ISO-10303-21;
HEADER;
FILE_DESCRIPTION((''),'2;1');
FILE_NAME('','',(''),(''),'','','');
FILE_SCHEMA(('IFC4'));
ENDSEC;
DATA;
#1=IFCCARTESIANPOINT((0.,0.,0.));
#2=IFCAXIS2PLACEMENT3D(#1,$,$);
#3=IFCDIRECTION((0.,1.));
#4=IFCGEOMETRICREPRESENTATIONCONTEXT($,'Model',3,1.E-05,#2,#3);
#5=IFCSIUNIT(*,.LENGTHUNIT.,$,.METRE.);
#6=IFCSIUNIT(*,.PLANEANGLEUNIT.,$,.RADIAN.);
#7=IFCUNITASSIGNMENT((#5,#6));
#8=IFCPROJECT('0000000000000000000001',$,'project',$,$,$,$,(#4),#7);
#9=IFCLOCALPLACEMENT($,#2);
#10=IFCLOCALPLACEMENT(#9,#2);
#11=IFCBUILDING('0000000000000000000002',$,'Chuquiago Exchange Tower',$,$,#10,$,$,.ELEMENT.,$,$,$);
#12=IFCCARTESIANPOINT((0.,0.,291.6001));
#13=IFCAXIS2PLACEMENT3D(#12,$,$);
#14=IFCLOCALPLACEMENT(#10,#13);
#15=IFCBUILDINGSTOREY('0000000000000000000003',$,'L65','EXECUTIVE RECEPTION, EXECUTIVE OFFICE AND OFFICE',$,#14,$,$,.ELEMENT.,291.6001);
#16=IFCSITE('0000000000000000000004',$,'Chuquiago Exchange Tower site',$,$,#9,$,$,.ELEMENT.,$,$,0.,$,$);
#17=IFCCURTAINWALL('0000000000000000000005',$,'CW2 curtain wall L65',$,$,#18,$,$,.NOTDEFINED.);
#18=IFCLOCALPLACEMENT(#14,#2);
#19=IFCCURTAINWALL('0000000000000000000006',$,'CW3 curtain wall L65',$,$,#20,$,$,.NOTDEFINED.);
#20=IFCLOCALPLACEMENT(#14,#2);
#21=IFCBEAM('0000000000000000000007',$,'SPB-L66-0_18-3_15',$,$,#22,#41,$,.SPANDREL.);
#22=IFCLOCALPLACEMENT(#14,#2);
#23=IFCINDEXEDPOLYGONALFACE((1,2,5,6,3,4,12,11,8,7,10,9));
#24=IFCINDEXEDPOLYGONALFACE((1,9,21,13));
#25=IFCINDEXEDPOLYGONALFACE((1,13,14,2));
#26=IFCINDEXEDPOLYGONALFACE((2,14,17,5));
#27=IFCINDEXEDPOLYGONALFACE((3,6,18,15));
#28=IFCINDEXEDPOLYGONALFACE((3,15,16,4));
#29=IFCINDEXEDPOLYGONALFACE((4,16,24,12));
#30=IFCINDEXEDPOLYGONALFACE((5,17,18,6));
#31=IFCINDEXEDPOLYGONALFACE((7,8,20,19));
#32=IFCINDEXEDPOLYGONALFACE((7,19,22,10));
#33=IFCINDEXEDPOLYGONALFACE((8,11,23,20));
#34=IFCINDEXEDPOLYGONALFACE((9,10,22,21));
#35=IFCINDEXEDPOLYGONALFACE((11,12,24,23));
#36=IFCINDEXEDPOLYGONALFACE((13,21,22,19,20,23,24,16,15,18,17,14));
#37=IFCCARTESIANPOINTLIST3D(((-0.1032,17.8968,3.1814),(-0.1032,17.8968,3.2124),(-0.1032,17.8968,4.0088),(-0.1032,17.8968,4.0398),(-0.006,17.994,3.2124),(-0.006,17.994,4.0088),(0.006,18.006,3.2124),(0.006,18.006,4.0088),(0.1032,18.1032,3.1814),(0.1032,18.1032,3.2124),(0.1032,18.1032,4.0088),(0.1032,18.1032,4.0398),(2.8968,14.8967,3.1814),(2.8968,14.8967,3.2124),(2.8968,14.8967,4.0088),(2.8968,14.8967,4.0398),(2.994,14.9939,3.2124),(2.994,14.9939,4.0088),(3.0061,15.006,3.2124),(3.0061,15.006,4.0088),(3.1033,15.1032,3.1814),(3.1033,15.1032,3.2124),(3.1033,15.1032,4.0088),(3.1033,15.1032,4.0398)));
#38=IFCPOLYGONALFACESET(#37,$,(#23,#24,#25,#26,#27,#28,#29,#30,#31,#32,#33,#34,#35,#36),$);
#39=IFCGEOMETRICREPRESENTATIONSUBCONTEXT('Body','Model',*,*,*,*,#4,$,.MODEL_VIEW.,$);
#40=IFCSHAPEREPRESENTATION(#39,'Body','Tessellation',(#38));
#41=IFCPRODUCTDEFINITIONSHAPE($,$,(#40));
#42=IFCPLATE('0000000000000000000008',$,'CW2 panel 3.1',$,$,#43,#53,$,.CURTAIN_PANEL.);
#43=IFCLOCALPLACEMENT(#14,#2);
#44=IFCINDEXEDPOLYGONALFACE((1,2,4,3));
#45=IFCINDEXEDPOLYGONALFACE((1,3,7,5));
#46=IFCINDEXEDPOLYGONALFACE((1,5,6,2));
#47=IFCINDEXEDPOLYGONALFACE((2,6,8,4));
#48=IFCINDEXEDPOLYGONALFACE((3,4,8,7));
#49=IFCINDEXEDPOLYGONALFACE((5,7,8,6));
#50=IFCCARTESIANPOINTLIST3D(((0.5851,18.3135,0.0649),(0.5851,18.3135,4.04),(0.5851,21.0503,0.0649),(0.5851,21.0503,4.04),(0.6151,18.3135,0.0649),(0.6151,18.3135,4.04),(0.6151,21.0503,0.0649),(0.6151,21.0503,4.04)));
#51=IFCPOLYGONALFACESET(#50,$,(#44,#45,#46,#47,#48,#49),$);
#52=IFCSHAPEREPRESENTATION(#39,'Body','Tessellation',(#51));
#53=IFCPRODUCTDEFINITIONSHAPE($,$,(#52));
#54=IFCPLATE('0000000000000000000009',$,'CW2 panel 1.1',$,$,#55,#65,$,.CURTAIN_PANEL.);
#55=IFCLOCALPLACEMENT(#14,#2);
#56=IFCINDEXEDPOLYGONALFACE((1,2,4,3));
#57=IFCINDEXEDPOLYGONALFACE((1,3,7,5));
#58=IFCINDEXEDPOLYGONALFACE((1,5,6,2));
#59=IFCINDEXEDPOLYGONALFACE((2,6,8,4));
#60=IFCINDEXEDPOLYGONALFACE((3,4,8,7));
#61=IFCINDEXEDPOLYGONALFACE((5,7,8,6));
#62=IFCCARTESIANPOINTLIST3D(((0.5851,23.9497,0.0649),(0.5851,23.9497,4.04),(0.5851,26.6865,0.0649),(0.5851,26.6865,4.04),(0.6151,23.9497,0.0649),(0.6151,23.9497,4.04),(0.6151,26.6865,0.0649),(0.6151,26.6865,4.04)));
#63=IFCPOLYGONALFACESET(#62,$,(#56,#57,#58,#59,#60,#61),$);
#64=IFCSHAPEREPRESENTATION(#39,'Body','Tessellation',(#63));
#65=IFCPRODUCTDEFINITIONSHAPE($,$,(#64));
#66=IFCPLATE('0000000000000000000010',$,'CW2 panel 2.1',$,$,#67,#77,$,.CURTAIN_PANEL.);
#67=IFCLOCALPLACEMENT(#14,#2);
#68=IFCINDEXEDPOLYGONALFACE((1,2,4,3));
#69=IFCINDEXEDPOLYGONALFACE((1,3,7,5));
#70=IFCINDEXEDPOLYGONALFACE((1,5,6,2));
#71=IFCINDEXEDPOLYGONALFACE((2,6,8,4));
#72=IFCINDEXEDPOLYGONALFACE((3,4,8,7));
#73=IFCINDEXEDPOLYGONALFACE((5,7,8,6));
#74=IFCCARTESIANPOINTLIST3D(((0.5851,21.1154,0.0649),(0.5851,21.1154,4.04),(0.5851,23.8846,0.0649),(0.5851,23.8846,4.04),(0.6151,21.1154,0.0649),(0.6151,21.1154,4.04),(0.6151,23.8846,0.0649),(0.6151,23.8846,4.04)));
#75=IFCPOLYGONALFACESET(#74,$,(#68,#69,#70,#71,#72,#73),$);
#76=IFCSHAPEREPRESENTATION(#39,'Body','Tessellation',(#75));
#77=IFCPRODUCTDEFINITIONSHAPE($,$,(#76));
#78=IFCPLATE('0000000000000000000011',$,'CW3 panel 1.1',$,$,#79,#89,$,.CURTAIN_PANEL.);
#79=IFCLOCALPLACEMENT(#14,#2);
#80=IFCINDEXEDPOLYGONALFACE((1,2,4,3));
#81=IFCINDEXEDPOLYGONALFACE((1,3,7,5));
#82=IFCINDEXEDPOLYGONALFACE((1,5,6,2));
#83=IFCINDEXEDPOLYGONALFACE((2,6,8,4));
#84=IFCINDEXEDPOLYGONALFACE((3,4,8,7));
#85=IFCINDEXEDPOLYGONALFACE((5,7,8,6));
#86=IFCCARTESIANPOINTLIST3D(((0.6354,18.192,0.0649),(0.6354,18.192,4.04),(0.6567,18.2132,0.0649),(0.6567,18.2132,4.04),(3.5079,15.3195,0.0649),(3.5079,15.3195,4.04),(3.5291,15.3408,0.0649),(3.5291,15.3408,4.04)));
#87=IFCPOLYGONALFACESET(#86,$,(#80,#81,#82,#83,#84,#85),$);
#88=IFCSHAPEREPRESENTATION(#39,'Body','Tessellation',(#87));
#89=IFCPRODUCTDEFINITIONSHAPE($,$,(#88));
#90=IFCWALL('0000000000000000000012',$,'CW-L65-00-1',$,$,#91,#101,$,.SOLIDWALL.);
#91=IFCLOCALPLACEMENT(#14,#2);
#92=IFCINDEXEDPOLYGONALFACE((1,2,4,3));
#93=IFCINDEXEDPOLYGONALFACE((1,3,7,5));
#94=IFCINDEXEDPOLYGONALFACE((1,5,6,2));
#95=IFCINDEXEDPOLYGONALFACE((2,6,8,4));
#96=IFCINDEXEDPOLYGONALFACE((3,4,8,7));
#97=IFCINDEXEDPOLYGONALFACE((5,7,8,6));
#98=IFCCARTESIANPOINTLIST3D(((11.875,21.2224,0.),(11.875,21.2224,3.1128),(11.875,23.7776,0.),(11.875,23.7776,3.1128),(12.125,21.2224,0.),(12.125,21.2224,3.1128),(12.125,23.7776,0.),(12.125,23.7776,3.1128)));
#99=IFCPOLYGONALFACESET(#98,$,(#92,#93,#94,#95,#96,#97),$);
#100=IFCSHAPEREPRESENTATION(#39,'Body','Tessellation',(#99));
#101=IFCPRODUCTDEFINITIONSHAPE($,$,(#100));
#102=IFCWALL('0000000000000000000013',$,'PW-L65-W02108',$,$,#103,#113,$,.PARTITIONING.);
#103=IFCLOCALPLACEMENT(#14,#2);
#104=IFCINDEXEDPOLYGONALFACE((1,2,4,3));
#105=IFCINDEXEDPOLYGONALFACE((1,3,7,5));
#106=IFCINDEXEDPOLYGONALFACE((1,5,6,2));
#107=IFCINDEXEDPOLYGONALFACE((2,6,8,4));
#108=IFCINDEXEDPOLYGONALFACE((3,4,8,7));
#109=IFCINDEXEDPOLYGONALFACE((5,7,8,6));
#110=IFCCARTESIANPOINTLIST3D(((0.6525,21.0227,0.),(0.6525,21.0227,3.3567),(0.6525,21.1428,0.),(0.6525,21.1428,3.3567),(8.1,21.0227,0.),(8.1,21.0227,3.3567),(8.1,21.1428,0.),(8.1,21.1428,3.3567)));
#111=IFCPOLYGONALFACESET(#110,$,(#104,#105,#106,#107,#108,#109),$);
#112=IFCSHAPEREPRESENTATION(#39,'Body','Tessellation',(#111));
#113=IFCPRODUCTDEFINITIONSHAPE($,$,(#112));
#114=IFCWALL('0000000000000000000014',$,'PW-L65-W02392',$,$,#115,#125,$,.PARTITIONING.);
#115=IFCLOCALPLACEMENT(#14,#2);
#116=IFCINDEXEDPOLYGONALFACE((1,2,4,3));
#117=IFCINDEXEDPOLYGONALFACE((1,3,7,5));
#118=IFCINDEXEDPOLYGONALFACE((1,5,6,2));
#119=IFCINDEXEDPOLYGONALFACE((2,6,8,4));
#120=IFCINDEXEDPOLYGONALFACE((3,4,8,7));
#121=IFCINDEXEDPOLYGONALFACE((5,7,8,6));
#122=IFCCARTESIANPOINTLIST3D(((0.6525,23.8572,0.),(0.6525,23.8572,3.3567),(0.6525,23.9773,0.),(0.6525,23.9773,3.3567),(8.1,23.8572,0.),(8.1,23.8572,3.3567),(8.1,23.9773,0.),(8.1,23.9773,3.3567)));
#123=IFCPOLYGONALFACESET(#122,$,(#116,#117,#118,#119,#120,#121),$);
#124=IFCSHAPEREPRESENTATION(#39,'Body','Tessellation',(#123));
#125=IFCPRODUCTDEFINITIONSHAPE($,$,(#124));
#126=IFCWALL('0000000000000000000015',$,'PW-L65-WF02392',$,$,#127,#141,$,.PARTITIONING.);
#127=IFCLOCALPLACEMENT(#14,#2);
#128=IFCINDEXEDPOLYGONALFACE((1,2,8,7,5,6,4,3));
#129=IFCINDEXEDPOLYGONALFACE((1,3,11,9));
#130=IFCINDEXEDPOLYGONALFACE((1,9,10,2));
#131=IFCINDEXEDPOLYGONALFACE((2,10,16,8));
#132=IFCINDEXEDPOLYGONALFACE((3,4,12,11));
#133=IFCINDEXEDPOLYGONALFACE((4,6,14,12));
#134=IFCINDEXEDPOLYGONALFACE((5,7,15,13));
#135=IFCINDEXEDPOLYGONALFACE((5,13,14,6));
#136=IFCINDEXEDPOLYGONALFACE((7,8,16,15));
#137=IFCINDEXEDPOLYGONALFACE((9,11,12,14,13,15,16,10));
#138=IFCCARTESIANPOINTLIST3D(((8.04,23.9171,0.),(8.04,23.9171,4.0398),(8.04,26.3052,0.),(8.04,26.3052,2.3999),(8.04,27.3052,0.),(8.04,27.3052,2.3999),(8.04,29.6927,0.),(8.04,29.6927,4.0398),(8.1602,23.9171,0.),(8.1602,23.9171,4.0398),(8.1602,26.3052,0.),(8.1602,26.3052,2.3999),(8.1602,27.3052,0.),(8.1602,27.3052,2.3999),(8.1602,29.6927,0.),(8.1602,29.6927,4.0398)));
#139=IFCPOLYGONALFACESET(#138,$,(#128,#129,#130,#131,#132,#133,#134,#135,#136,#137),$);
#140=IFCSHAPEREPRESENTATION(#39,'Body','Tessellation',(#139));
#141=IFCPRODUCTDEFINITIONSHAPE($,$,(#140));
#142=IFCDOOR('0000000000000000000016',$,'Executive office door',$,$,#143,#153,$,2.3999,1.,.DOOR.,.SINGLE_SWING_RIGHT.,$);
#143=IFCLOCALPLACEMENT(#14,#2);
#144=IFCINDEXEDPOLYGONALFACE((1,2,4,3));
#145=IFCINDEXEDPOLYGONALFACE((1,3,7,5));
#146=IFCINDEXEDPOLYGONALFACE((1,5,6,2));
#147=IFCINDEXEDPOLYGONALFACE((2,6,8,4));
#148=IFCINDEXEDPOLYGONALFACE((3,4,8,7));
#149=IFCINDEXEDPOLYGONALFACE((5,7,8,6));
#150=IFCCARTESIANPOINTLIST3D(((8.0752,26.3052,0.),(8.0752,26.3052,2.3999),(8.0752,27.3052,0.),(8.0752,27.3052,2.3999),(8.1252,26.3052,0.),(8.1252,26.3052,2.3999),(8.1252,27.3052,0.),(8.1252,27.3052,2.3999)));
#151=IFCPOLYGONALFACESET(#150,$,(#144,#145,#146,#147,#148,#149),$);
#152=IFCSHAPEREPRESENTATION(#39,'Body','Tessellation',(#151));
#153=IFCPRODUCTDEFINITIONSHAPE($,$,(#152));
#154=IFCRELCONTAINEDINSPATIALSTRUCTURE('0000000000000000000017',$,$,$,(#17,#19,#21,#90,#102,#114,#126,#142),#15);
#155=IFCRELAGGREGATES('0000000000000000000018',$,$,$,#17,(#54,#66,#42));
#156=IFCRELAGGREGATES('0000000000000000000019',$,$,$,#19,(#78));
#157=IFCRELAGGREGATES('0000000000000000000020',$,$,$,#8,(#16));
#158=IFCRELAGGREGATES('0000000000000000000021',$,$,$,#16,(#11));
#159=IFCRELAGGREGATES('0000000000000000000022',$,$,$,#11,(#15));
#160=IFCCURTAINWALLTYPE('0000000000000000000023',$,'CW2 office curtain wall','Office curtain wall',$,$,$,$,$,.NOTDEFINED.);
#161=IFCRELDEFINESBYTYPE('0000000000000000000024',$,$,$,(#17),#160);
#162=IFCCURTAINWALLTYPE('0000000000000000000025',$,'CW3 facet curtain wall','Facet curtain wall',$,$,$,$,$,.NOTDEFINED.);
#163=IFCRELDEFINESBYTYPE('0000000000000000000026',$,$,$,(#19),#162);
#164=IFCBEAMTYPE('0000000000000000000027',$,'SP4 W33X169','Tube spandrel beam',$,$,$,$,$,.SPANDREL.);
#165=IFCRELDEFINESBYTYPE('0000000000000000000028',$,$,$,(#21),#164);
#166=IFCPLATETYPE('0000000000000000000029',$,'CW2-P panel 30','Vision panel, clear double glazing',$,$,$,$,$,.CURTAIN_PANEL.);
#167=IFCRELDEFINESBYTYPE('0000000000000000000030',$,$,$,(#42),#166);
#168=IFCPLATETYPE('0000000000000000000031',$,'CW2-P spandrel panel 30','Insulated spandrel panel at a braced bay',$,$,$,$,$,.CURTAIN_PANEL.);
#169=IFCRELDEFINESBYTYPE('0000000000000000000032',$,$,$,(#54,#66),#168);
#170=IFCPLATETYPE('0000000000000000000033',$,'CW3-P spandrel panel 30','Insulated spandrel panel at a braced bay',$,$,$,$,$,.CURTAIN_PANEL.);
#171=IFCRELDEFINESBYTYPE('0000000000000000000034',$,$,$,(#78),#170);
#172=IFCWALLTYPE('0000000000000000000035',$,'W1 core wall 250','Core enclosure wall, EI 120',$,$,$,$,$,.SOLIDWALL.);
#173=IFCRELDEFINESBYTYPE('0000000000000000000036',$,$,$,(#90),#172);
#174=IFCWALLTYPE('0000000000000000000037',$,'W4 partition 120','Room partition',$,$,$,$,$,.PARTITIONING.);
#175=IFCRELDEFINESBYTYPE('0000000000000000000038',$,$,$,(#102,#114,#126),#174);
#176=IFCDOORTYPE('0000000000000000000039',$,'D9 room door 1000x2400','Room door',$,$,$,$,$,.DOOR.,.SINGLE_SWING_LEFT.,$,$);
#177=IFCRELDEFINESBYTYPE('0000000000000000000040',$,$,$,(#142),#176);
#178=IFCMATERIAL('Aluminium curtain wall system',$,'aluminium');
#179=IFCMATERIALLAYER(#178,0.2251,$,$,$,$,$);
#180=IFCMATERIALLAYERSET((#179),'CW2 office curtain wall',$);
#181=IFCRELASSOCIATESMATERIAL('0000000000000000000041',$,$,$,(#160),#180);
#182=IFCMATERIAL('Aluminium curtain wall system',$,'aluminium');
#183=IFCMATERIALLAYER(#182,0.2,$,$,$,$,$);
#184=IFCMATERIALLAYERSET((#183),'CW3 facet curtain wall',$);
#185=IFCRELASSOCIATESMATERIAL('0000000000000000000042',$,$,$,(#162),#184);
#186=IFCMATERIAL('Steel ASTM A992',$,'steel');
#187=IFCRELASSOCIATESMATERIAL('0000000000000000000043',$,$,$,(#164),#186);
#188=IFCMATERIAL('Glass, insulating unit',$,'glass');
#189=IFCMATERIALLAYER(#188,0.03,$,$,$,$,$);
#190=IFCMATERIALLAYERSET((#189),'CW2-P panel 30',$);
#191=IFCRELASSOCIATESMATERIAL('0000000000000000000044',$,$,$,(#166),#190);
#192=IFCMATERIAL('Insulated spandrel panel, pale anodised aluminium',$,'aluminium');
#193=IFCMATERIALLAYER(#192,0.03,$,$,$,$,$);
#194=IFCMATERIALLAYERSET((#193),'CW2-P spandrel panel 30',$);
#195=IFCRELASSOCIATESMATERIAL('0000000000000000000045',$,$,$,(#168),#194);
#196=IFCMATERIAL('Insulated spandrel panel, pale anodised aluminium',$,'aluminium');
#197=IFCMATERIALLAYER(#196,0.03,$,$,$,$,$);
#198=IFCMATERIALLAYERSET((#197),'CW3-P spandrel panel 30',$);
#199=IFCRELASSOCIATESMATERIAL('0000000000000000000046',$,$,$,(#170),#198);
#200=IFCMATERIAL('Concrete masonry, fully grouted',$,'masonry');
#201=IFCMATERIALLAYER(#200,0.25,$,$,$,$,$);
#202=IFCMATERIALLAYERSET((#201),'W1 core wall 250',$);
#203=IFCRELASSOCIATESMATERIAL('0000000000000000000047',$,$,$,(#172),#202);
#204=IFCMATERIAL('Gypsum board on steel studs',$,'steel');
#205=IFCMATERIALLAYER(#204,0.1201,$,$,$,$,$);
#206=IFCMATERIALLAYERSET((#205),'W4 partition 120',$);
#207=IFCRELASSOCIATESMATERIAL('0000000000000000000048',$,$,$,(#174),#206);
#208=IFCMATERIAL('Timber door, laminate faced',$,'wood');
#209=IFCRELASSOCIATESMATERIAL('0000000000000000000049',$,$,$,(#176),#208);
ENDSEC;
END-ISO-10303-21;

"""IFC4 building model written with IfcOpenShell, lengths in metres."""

from ifc_helpers import new_model, si_unit, direction, frame, frame_2d, origin, origin_2d, place, context, subcontext, project, spatial, rectangle, i_section, extrude, material, layer, layer_set, material_profile, profile_set, type_object, element, fill, aggregate, save


model = new_model("IFC4")

# Units and contexts
model_context = context("Model", 3, precision=1e-05, world=origin(), true_north=direction((0.0, 1.0)))
body_context = subcontext(model_context, "Body", "Model", "MODEL_VIEW")
ifc_project = project(units=[si_unit("LENGTHUNIT", "METRE"), si_unit("PLANEANGLEUNIT", "RADIAN")], contexts=[model_context])

# Site, building, storey
site_placement = place(None, origin())
site = spatial("IfcSite", under=ifc_project, at=site_placement, Name="Chuquiago Exchange Tower site", CompositionType="ELEMENT", RefElevation=0.0)
building_placement = place(site_placement, origin())
building = spatial("IfcBuilding", under=site, at=building_placement, Name="Chuquiago Exchange Tower", CompositionType="ELEMENT")
storey_placement = place(building_placement, frame((0.0, 0.0, 291.6001)))
storey = spatial("IfcBuildingStorey", under=building, at=storey_placement, Name="L65", Description="EXECUTIVE RECEPTION, EXECUTIVE OFFICE AND OFFICE", CompositionType="ELEMENT", Elevation=291.6001)

# Curtain walls
ifc_material_1 = material(Name="Aluminium curtain wall system", Category="aluminium")
ifc_layer_1 = layer(ifc_material_1, 0.2251)
ifc_layer_set_1 = layer_set([ifc_layer_1], Name="CW2 office curtain wall")
curtain_wall_type_1 = type_object("IfcCurtainWallType", Name="CW2 office curtain wall", Description="Office curtain wall", PredefinedType="NOTDEFINED", material=ifc_layer_set_1)
curtain_wall_1_placement = place(storey_placement, origin())
curtain_wall_1 = element("IfcCurtainWall", 1, at=curtain_wall_1_placement, inside=storey, type_object=curtain_wall_type_1, Name="CW2 curtain wall L65", PredefinedType="NOTDEFINED")
ifc_material_2 = material(Name="Aluminium curtain wall system", Category="aluminium")
ifc_layer_2 = layer(ifc_material_2, 0.2)
ifc_layer_set_2 = layer_set([ifc_layer_2], Name="CW3 facet curtain wall")
curtain_wall_type_2 = type_object("IfcCurtainWallType", Name="CW3 facet curtain wall", Description="Facet curtain wall", PredefinedType="NOTDEFINED", material=ifc_layer_set_2)
curtain_wall_2_placement = place(storey_placement, origin())
curtain_wall_2 = element("IfcCurtainWall", 2, at=curtain_wall_2_placement, inside=storey, type_object=curtain_wall_type_2, Name="CW3 curtain wall L65", PredefinedType="NOTDEFINED")

# Beam
ifc_material_3 = material(Name="Steel ASTM A992", Category="steel")
ifc_material_profile_1 = material_profile(ifc_material_3, i_section(OverallWidth=0.292, OverallDepth=0.8584, WebThickness=0.0171, FlangeThickness=0.031, at=origin_2d()), Name="W33X169")
ifc_profile_set_1 = profile_set([ifc_material_profile_1], Name="Steel ASTM A992")
beam_type_1 = type_object("IfcBeamType", Name="SP4 W33X169", Description="Tube spandrel beam", PredefinedType="SPANDREL", material=ifc_profile_set_1)
beam_1_placement = place(storey_placement, frame((0.0, 18.0, 3.6106), z_axis=(0.707107, -0.707107, 0.0), x_axis=(0.707107, 0.707107, 0.0)))
element("IfcBeam", 3, at=beam_1_placement, inside=storey, type_object=beam_type_1, Name="SPB-L66-0_18-3_15", PredefinedType="SPANDREL", context=body_context, shape_type="SweptSolid", body=[
    extrude(i_section(OverallWidth=0.292, OverallDepth=0.8584, WebThickness=0.0171, FlangeThickness=0.031, at=origin_2d()), origin(), (0.0, 0.0, 1.0), 4.2427),
])

# Plates
ifc_material_4 = material(Name="Glass, insulating unit", Category="glass")
ifc_layer_3 = layer(ifc_material_4, 0.03)
ifc_layer_set_3 = layer_set([ifc_layer_3], Name="CW2-P panel 30")
plate_type_1 = type_object("IfcPlateType", Name="CW2-P panel 30", Description="Vision panel, clear double glazing", PredefinedType="CURTAIN_PANEL", material=ifc_layer_set_3)
plate_1_placement = place(storey_placement, frame((0.6001, 19.6819, 0.0649), z_axis=(0.0, 0.0, 1.0), x_axis=(0.0, -1.0, 0.0)))
plate_1 = element("IfcPlate", 4, at=plate_1_placement, type_object=plate_type_1, Name="CW2 panel 3.1", PredefinedType="CURTAIN_PANEL", context=body_context, shape_type="SweptSolid", body=[
    extrude(rectangle(XDim=2.7368, YDim=0.03, at=origin_2d()), origin(), (0.0, 0.0, 1.0), 3.9751),
])
ifc_material_5 = material(Name="Insulated spandrel panel, pale anodised aluminium", Category="aluminium")
ifc_layer_4 = layer(ifc_material_5, 0.03)
ifc_layer_set_4 = layer_set([ifc_layer_4], Name="CW2-P spandrel panel 30")
plate_type_2 = type_object("IfcPlateType", Name="CW2-P spandrel panel 30", Description="Insulated spandrel panel at a braced bay", PredefinedType="CURTAIN_PANEL", material=ifc_layer_set_4)
plate_2_placement = place(storey_placement, frame((0.6001, 25.3181, 0.0649), z_axis=(0.0, 0.0, 1.0), x_axis=(0.0, -1.0, 0.0)))
plate_2 = element("IfcPlate", 5, at=plate_2_placement, type_object=plate_type_2, Name="CW2 panel 1.1", PredefinedType="CURTAIN_PANEL", context=body_context, shape_type="SweptSolid", body=[
    extrude(rectangle(XDim=2.7368, YDim=0.03, at=origin_2d()), origin(), (0.0, 0.0, 1.0), 3.9751),
])
plate_3_placement = place(storey_placement, frame((0.6001, 22.5, 0.0649), z_axis=(0.0, 0.0, 1.0), x_axis=(0.0, -1.0, 0.0)))
plate_3 = element("IfcPlate", 6, at=plate_3_placement, type_object=plate_type_2, Name="CW2 panel 2.1", PredefinedType="CURTAIN_PANEL", context=body_context, shape_type="SweptSolid", body=[
    extrude(rectangle(XDim=2.7693, YDim=0.03, at=origin_2d()), origin(), (0.0, 0.0, 1.0), 3.9751),
])
aggregate(curtain_wall_1, [plate_2, plate_3, plate_1])
ifc_material_6 = material(Name="Insulated spandrel panel, pale anodised aluminium", Category="aluminium")
ifc_layer_5 = layer(ifc_material_6, 0.03)
ifc_layer_set_5 = layer_set([ifc_layer_5], Name="CW3-P spandrel panel 30")
plate_type_3 = type_object("IfcPlateType", Name="CW3-P spandrel panel 30", Description="Insulated spandrel panel at a braced bay", PredefinedType="CURTAIN_PANEL", material=ifc_layer_set_5)
plate_4_placement = place(storey_placement, frame((2.0823, 16.7664, 0.0649), z_axis=(0.0, 0.0, 1.0), x_axis=(0.707107, -0.707107, 0.0)))
plate_4 = element("IfcPlate", 7, at=plate_4_placement, type_object=plate_type_3, Name="CW3 panel 1.1", PredefinedType="CURTAIN_PANEL", context=body_context, shape_type="SweptSolid", body=[
    extrude(rectangle(XDim=4.0623, YDim=0.03, at=origin_2d()), origin(), (0.0, 0.0, 1.0), 3.9751),
])
aggregate(curtain_wall_2, [plate_4])

# Walls
ifc_material_7 = material(Name="Concrete masonry, fully grouted", Category="masonry")
ifc_layer_6 = layer(ifc_material_7, 0.25)
ifc_layer_set_6 = layer_set([ifc_layer_6], Name="W1 core wall 250")
wall_type_1 = type_object("IfcWallType", Name="W1 core wall 250", Description="Core enclosure wall, EI 120", PredefinedType="SOLIDWALL", material=ifc_layer_set_6)
wall_1_placement = place(storey_placement, frame((12.0, 21.2224, 0.0), z_axis=(0.0, 0.0, 1.0), x_axis=(0.0, 1.0, 0.0)))
element("IfcWall", 8, at=wall_1_placement, inside=storey, type_object=wall_type_1, Name="CW-L65-00-1", PredefinedType="SOLIDWALL", context=body_context, shape_type="SweptSolid", body=[
    extrude(rectangle(XDim=2.5552, YDim=0.25, at=frame_2d((1.2776, 0.0))), origin(), (0.0, 0.0, 1.0), 3.1128),
])
ifc_material_8 = material(Name="Gypsum board on steel studs", Category="steel")
ifc_layer_7 = layer(ifc_material_8, 0.1201)
ifc_layer_set_7 = layer_set([ifc_layer_7], Name="W4 partition 120")
wall_type_2 = type_object("IfcWallType", Name="W4 partition 120", Description="Room partition", PredefinedType="PARTITIONING", material=ifc_layer_set_7)
for number, where, z_axis, x_axis, name in (
    (9, (0.6526, 21.0828, 0.0), (0.0, 0.0, 1.0), (1.0, 0.0, 0.0), "PW-L65-W02108"),
    (10, (0.6526, 23.9172, 0.0), (0.0, 0.0, 1.0), (1.0, 0.0, 0.0), "PW-L65-W02392"),
):
    element("IfcWall", number, at=place(storey_placement, frame(where, z_axis=z_axis, x_axis=x_axis)), inside=storey, type_object=wall_type_2, Name=name, PredefinedType="PARTITIONING", context=body_context, shape_type="SweptSolid", body=[
        extrude(rectangle(XDim=7.4475, YDim=0.1201, at=frame_2d((3.7236, 0.0))), origin(), (0.0, 0.0, 1.0), 3.3567),
    ])

# Wall, opening, door
wall_2_placement = place(storey_placement, frame((8.1001, 23.9172, 0.0), z_axis=(0.0, 0.0, 1.0), x_axis=(0.0, 1.0, 0.0)))
wall_2 = element("IfcWall", 11, at=wall_2_placement, inside=storey, type_object=wall_type_2, Name="PW-L65-WF02392", PredefinedType="PARTITIONING", context=body_context, shape_type="SweptSolid", body=[
    extrude(rectangle(XDim=5.7756, YDim=0.1201, at=frame_2d((2.8877, 0.0))), origin(), (0.0, 0.0, 1.0), 4.0398),
])
opening_1_placement = place(wall_2_placement, frame((2.3879, 0.0, 0.0)))
opening_1 = element("IfcOpeningElement", 12, at=opening_1_placement, cuts=wall_2, PredefinedType="OPENING", context=body_context, shape_type="SweptSolid", body=[
    extrude(rectangle(XDim=1.0, YDim=2.3999, at=frame_2d((0.5, 1.2))), frame((0.0, 0.0701, 0.0), z_axis=(0.0, -1.0, 0.0), x_axis=(1.0, 0.0, 0.0)), (0.0, 0.0, 1.0), 0.1401),
])
ifc_material_9 = material(Name="Timber door, laminate faced", Category="wood")
door_type_1 = type_object("IfcDoorType", Name="D9 room door 1000x2400", Description="Room door", OperationType="SINGLE_SWING_LEFT", PredefinedType="DOOR", material=ifc_material_9)
door_1_placement = place(opening_1_placement, origin())
door_1 = element("IfcDoor", 13, at=door_1_placement, inside=storey, type_object=door_type_1, Name="Executive office door", OperationType="SINGLE_SWING_RIGHT", OverallHeight=2.3999, OverallWidth=1.0, PredefinedType="DOOR", context=body_context, shape_type="SweptSolid", body=[
    extrude(rectangle(XDim=1.0, YDim=2.3999, at=frame_2d((0.5, 1.2))), frame((0.0, 0.0249, 0.0), z_axis=(0.0, -1.0, 0.0), x_axis=(1.0, 0.0, 0.0)), (0.0, 0.0, 1.0), 0.05),
])
fill(opening_1, door_1)

save(model, "model.ifc")
